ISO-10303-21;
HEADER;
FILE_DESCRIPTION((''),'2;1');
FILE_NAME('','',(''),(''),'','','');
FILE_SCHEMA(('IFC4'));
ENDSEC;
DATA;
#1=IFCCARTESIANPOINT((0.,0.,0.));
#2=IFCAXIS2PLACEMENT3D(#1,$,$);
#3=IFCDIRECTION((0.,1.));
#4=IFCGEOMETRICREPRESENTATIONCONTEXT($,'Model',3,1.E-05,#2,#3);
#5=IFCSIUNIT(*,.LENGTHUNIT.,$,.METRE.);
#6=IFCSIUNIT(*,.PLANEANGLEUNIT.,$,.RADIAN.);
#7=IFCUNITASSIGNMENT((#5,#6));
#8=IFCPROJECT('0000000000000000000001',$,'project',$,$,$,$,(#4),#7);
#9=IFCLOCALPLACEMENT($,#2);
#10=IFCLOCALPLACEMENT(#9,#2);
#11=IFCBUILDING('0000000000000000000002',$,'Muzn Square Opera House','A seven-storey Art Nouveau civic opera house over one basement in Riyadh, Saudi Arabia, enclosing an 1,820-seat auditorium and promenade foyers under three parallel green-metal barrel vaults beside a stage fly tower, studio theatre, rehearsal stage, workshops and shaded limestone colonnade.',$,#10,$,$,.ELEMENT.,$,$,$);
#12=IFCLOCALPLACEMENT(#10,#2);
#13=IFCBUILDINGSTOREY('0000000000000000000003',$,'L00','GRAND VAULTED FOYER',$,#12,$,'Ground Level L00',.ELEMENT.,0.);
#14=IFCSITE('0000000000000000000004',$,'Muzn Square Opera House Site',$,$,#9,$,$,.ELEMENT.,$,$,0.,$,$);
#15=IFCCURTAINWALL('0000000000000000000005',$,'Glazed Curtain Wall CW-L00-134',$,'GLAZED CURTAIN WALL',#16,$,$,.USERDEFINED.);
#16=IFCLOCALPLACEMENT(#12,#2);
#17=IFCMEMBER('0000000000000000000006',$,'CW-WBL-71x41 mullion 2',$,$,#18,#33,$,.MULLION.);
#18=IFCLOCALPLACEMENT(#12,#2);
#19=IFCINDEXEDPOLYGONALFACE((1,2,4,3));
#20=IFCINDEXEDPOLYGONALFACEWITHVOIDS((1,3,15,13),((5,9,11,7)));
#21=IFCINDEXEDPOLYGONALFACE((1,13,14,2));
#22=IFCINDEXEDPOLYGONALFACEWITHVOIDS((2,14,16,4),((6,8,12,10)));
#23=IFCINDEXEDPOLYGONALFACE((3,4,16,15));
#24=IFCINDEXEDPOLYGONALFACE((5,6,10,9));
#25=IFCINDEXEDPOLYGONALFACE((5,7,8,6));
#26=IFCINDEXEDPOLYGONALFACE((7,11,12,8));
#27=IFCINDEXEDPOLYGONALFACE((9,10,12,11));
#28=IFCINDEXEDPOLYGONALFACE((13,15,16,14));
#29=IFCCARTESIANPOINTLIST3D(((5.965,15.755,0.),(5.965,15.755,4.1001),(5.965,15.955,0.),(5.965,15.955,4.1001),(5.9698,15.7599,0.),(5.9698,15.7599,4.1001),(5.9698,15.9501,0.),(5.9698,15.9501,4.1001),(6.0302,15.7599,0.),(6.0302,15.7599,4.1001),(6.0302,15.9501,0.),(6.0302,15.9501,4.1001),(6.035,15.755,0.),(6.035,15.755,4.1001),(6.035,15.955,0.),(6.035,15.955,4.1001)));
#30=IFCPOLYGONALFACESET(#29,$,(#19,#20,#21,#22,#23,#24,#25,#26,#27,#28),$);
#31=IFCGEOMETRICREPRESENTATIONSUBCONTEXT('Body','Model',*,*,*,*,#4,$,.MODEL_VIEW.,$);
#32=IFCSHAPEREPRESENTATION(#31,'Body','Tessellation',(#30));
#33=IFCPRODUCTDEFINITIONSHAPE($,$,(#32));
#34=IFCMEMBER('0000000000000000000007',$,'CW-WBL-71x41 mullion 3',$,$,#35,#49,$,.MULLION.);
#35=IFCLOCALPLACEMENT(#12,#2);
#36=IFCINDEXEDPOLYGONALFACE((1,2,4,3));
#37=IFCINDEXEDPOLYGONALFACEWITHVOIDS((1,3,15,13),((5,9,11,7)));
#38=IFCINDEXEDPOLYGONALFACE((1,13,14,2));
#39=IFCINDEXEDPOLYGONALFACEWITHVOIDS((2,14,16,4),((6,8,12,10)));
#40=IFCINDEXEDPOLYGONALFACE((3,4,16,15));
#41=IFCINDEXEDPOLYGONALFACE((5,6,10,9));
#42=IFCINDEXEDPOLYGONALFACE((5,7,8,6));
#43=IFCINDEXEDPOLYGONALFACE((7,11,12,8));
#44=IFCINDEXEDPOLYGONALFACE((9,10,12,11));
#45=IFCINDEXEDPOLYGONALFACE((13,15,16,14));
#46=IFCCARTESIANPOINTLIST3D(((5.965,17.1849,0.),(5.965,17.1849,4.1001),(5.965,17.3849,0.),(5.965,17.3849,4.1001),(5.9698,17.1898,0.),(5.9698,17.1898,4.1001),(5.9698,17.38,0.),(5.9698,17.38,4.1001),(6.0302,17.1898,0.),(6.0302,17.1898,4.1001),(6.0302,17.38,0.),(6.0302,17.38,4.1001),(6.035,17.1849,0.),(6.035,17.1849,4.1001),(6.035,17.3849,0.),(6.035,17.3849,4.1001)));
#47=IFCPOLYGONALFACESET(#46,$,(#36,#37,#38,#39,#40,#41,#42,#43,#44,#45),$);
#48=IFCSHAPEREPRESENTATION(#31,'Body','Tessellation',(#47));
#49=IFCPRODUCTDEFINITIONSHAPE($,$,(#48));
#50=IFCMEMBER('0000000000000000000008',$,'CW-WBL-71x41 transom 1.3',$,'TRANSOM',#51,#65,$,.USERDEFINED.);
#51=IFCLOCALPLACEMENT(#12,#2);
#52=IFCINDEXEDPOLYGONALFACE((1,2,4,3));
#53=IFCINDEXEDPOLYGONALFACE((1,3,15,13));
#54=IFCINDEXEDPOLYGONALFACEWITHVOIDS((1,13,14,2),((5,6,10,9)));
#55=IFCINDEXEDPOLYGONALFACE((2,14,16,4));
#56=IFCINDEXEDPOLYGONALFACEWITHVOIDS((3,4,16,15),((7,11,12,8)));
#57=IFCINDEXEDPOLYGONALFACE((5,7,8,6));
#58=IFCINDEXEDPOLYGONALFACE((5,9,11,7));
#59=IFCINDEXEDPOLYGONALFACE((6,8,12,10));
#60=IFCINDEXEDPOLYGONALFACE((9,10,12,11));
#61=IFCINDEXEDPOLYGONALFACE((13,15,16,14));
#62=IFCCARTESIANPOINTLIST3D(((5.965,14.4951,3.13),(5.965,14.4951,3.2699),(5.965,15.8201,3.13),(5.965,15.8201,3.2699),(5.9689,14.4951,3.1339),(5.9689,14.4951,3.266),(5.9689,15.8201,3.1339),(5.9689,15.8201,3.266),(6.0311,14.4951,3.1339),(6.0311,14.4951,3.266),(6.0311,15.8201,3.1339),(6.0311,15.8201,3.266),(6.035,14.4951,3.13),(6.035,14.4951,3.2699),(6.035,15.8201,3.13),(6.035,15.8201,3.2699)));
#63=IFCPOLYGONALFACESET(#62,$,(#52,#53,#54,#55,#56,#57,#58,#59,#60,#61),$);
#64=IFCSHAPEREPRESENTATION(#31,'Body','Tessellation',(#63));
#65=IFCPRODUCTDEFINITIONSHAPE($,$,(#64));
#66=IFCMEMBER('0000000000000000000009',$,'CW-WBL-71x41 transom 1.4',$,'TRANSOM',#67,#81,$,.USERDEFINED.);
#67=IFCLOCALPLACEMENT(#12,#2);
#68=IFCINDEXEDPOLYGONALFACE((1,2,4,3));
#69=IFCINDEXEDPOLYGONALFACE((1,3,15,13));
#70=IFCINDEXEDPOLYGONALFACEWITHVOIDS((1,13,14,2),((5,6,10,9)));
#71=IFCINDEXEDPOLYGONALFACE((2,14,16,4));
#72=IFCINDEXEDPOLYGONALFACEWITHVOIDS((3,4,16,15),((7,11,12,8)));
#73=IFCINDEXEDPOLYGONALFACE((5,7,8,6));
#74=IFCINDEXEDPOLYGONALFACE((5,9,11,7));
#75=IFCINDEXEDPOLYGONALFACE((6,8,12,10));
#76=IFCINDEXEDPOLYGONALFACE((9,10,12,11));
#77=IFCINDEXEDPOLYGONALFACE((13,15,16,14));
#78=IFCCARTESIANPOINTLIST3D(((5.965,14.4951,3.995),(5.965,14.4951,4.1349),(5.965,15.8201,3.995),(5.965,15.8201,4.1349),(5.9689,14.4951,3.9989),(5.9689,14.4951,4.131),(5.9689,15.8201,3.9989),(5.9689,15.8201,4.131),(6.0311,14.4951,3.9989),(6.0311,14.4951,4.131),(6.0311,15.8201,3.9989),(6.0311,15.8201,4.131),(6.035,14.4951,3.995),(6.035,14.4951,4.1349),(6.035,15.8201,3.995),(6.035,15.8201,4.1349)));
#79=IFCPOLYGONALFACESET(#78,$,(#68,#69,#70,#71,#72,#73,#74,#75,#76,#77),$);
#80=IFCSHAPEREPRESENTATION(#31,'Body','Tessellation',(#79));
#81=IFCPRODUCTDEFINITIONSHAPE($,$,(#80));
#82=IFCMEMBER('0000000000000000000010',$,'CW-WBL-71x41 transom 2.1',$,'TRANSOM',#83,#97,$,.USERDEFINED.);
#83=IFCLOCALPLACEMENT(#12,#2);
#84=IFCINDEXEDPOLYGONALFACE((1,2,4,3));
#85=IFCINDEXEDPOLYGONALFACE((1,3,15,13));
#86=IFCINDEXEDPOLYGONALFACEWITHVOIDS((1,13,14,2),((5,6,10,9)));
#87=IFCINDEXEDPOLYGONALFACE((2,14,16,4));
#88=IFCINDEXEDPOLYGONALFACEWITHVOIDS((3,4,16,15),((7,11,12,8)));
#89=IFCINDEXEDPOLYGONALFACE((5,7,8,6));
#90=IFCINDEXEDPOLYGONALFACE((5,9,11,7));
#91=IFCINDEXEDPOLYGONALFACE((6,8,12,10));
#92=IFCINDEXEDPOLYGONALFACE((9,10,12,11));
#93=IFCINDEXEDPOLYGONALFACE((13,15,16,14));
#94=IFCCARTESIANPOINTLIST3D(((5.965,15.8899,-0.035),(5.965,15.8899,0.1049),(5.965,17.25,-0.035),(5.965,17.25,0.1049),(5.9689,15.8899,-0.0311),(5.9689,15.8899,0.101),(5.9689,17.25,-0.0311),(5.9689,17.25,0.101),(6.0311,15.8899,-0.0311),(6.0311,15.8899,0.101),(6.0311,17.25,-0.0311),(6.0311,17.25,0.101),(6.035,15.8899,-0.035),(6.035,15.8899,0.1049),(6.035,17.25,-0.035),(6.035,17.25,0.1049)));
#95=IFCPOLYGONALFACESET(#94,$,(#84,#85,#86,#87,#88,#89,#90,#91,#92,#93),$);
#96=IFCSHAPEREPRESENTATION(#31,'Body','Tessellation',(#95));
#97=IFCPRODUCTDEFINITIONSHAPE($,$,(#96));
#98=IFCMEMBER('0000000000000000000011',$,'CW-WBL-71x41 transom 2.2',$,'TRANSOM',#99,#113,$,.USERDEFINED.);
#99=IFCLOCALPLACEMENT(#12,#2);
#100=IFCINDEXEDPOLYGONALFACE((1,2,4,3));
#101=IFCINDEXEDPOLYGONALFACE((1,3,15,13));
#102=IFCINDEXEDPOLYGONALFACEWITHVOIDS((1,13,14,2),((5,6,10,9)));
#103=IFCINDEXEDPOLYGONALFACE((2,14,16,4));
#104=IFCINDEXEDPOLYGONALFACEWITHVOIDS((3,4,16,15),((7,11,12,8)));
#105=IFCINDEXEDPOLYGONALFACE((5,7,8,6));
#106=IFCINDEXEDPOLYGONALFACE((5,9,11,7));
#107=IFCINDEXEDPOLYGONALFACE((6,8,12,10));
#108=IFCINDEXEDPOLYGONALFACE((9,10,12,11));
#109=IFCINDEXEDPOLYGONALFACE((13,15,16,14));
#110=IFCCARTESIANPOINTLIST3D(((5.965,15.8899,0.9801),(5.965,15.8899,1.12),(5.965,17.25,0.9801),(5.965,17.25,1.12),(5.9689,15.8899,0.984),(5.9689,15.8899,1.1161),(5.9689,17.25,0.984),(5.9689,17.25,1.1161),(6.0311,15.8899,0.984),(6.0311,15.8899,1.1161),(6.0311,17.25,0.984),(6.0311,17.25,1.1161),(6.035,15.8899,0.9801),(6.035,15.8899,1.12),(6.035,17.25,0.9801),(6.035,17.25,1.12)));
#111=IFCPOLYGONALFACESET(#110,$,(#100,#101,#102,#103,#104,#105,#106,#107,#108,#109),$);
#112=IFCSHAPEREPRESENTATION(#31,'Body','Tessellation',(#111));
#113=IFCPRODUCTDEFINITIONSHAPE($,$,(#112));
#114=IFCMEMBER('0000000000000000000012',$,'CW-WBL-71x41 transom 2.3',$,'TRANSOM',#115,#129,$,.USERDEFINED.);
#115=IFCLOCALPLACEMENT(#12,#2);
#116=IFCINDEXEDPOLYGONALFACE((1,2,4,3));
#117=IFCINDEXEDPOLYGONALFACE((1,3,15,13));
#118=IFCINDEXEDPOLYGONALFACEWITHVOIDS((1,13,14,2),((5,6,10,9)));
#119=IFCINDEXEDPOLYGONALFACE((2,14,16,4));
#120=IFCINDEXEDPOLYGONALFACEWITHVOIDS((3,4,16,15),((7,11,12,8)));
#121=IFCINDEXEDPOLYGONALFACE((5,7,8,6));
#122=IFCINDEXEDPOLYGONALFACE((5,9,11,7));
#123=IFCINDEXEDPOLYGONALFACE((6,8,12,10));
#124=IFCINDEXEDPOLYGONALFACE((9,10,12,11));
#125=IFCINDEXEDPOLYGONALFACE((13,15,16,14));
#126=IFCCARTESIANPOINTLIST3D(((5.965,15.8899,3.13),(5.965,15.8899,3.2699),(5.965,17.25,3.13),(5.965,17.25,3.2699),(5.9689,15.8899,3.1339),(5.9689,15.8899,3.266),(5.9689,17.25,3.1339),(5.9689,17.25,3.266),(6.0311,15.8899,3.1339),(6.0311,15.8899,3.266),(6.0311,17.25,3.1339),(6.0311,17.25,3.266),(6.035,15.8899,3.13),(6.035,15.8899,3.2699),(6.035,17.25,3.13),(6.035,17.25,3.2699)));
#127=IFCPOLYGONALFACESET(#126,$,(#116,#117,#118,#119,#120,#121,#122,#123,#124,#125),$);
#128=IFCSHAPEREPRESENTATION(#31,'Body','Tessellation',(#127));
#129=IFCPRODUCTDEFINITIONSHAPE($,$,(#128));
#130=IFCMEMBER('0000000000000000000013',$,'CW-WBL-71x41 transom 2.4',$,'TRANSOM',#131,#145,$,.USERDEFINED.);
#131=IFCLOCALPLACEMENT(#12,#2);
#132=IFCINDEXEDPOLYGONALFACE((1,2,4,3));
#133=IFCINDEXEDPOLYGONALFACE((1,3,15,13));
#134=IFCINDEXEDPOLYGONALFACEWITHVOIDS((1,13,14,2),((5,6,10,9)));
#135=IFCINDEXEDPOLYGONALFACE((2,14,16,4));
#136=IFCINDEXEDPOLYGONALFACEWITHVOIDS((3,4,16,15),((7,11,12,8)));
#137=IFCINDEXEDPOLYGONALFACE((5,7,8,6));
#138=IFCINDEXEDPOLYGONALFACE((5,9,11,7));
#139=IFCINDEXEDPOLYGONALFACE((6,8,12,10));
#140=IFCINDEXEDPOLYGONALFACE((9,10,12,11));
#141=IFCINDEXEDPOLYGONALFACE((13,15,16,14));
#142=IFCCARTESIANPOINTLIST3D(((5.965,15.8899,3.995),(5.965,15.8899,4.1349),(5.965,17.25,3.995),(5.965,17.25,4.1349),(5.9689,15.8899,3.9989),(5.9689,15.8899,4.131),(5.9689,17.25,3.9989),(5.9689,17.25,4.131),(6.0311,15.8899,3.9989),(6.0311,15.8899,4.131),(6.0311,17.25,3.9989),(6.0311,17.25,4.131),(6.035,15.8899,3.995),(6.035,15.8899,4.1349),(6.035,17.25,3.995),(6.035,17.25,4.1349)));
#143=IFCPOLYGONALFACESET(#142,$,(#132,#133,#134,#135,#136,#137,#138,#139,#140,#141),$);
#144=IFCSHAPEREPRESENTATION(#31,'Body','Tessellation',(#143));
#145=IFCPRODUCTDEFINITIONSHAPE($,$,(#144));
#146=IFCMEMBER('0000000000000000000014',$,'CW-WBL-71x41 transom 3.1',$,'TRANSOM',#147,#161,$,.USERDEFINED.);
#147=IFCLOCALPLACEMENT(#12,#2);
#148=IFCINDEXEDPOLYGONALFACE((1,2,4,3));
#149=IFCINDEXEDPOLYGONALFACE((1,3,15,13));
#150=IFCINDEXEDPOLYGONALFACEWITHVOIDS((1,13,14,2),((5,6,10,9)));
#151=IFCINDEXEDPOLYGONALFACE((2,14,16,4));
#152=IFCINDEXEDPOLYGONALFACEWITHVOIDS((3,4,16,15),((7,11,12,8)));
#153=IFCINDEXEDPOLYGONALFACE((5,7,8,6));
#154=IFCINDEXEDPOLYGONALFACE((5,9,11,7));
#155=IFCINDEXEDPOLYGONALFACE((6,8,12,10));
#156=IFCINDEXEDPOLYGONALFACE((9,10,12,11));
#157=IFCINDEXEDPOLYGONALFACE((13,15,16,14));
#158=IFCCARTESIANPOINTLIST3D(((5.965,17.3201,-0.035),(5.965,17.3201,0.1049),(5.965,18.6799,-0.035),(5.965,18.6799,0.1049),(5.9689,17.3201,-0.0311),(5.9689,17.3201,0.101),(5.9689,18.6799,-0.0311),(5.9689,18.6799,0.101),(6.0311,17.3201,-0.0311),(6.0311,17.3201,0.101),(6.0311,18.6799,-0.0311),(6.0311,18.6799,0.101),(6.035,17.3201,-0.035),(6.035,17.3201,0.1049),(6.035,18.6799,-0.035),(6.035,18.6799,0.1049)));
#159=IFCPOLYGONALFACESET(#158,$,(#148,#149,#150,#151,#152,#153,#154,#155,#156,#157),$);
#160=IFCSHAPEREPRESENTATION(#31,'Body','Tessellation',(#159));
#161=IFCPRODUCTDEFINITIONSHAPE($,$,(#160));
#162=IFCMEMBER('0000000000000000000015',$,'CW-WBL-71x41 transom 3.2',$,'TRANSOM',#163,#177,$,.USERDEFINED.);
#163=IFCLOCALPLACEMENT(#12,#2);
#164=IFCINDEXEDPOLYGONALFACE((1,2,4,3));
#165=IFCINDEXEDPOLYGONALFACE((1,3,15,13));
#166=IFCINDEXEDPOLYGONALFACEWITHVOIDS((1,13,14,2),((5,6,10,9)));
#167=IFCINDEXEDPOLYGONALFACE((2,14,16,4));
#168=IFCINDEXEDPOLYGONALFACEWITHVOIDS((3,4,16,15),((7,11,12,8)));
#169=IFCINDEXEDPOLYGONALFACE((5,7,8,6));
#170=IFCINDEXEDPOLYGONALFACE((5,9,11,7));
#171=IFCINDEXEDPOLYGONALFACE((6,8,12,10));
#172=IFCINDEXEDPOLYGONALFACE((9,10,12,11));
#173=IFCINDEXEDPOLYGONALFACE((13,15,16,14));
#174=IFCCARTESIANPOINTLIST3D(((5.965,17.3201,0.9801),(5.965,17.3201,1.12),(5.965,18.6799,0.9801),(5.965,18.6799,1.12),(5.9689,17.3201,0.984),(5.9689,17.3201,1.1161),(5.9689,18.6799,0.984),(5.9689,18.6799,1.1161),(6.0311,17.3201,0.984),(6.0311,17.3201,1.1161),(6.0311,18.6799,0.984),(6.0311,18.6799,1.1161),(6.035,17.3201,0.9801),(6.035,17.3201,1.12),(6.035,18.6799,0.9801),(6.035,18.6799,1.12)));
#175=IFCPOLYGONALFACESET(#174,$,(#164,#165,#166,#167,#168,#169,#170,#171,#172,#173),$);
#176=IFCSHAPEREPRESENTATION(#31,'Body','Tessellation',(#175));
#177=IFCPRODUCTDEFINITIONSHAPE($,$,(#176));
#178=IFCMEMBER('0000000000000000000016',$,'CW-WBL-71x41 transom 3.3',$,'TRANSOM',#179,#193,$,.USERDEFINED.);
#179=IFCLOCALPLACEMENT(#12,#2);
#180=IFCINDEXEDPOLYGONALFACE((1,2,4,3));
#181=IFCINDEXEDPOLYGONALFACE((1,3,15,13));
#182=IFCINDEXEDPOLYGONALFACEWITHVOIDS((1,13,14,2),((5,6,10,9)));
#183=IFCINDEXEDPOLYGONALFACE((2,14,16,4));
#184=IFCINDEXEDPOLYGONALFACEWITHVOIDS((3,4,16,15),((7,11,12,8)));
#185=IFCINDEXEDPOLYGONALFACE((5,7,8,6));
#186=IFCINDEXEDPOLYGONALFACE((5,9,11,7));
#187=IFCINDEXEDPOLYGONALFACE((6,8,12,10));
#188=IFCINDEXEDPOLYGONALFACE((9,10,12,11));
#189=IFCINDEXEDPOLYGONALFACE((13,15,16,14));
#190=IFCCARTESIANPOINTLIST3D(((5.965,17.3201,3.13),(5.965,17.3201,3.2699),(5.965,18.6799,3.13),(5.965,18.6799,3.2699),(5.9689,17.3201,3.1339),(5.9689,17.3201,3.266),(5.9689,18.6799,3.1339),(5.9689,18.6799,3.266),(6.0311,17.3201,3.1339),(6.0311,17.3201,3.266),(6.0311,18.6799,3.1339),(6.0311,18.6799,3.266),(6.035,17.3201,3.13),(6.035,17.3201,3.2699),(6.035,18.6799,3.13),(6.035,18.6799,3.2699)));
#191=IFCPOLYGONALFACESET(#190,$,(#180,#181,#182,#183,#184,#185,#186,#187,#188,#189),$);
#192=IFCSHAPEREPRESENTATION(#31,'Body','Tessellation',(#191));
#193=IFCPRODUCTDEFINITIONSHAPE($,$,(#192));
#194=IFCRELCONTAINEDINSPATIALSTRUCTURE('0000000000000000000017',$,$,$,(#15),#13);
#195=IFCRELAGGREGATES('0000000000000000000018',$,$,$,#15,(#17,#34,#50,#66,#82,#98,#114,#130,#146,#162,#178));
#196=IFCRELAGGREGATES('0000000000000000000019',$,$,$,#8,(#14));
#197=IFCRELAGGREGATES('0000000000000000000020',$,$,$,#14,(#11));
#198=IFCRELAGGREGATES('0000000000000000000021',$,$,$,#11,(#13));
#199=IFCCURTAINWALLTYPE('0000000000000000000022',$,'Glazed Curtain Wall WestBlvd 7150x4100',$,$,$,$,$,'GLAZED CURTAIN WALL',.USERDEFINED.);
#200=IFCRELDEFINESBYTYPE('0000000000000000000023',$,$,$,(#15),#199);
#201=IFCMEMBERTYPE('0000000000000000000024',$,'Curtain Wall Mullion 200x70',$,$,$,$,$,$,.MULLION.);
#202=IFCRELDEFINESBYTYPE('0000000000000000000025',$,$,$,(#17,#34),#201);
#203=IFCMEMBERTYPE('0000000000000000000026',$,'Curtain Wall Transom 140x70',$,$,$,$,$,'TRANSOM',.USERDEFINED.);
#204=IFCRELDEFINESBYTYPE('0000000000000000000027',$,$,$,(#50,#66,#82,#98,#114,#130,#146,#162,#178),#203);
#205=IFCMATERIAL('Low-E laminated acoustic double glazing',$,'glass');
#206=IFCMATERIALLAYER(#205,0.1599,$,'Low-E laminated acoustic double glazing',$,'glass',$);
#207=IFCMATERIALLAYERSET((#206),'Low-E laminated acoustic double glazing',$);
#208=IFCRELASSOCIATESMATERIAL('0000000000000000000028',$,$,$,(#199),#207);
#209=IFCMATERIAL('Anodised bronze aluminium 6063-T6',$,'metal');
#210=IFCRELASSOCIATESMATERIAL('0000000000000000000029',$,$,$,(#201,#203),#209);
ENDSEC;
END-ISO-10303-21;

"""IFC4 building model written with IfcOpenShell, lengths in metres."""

from ifc_helpers import new_model, si_unit, direction, frame, origin, origin_2d, place, context, subcontext, project, spatial, hollow_rectangle, extrude, material, layer, layer_set, material_profile, profile_set, type_object, element, aggregate, save


model = new_model("IFC4")

# Units and contexts
model_context = context("Model", 3, precision=1e-05, world=origin(), true_north=direction((0.0, 1.0)))
body_context = subcontext(model_context, "Body", "Model", "MODEL_VIEW")
ifc_project = project(units=[si_unit("LENGTHUNIT", "METRE"), si_unit("PLANEANGLEUNIT", "RADIAN")], contexts=[model_context])

# Site, building, storey
site_placement = place(None, origin())
site = spatial("IfcSite", under=ifc_project, at=site_placement, Name="Muzn Square Opera House Site", CompositionType="ELEMENT", RefElevation=0.0)
building_placement = place(site_placement, origin())
building = spatial("IfcBuilding", under=site, at=building_placement, Name="Muzn Square Opera House", Description="A seven-storey Art Nouveau civic opera house over one basement in Riyadh, Saudi Arabia, enclosing an 1,820-seat auditorium and promenade foyers under three parallel green-metal barrel vaults beside a stage fly tower, studio theatre, rehearsal stage, workshops and shaded limestone colonnade.", CompositionType="ELEMENT")
storey_placement = place(building_placement, origin())
storey = spatial("IfcBuildingStorey", under=building, at=storey_placement, Name="L00", Description="GRAND VAULTED FOYER", LongName="Ground Level L00", CompositionType="ELEMENT", Elevation=0.0)

# Curtain wall, members
ifc_material_1 = material(Name="Low-E laminated acoustic double glazing", Category="glass")
ifc_layer_1 = layer(ifc_material_1, 0.1599, Name="Low-E laminated acoustic double glazing", Category="glass")
ifc_layer_set_1 = layer_set([ifc_layer_1], Name="Low-E laminated acoustic double glazing")
curtain_wall_type = type_object("IfcCurtainWallType", Name="Glazed Curtain Wall WestBlvd 7150x4100", ElementType="GLAZED CURTAIN WALL", PredefinedType="USERDEFINED", material=ifc_layer_set_1)
curtain_wall_placement = place(storey_placement, origin())
curtain_wall = element("IfcCurtainWall", 1, at=curtain_wall_placement, inside=storey, type_object=curtain_wall_type, Name="Glazed Curtain Wall CW-L00-134", ObjectType="GLAZED CURTAIN WALL", PredefinedType="USERDEFINED")
ifc_material_2 = material(Name="Anodised bronze aluminium 6063-T6", Category="metal")
ifc_material_profile_1 = material_profile(ifc_material_2, hollow_rectangle(XDim=0.0701, YDim=0.2, WallThickness=0.0049, at=origin_2d()), Name="ALU 200x70x5", Category="metal")
ifc_profile_set_1 = profile_set([ifc_material_profile_1], Name="Anodised bronze aluminium 6063-T6")
member_type_1 = type_object("IfcMemberType", Name="Curtain Wall Mullion 200x70", PredefinedType="MULLION", material=ifc_profile_set_1)
member_1_placement = place(storey_placement, frame((6.0, 15.855, 0.0), z_axis=(0.0, 0.0, 1.0), x_axis=(-1.0, 0.0, 0.0)))
member_1 = element("IfcMember", 2, at=member_1_placement, type_object=member_type_1, Name="CW-WBL-71x41 mullion 2", PredefinedType="MULLION", context=body_context, shape_type="SweptSolid", body=[
    extrude(hollow_rectangle(XDim=0.0701, YDim=0.2, WallThickness=0.0049, at=origin_2d()), origin(), (0.0, 0.0, 1.0), 4.1001),
])
member_2_placement = place(storey_placement, frame((6.0, 17.2849, 0.0), z_axis=(0.0, 0.0, 1.0), x_axis=(-1.0, 0.0, 0.0)))
member_2 = element("IfcMember", 3, at=member_2_placement, type_object=member_type_1, Name="CW-WBL-71x41 mullion 3", PredefinedType="MULLION", context=body_context, shape_type="SweptSolid", body=[
    extrude(hollow_rectangle(XDim=0.0701, YDim=0.2, WallThickness=0.0049, at=origin_2d()), origin(), (0.0, 0.0, 1.0), 4.1001),
])
ifc_material_profile_2 = material_profile(ifc_material_2, hollow_rectangle(XDim=0.0701, YDim=0.1399, WallThickness=0.0039, at=origin_2d()), Name="ALU 140x70x4", Category="metal")
ifc_profile_set_2 = profile_set([ifc_material_profile_2], Name="Anodised bronze aluminium 6063-T6")
member_type_2 = type_object("IfcMemberType", Name="Curtain Wall Transom 140x70", ElementType="TRANSOM", PredefinedType="USERDEFINED", material=ifc_profile_set_2)
member_3_placement = place(storey_placement, frame((6.0, 14.4951, 3.2), z_axis=(0.0, 1.0, 0.0), x_axis=(-1.0, 0.0, 0.0)))
member_3 = element("IfcMember", 4, at=member_3_placement, type_object=member_type_2, Name="CW-WBL-71x41 transom 1.3", ObjectType="TRANSOM", PredefinedType="USERDEFINED", context=body_context, shape_type="SweptSolid", body=[
    extrude(hollow_rectangle(XDim=0.0701, YDim=0.1399, WallThickness=0.0039, at=origin_2d()), origin(), (0.0, 0.0, 1.0), 1.325),
])
member_4_placement = place(storey_placement, frame((6.0, 14.4951, 4.0649), z_axis=(0.0, 1.0, 0.0), x_axis=(-1.0, 0.0, 0.0)))
member_4 = element("IfcMember", 5, at=member_4_placement, type_object=member_type_2, Name="CW-WBL-71x41 transom 1.4", ObjectType="TRANSOM", PredefinedType="USERDEFINED", context=body_context, shape_type="SweptSolid", body=[
    extrude(hollow_rectangle(XDim=0.0701, YDim=0.1399, WallThickness=0.0039, at=origin_2d()), origin(), (0.0, 0.0, 1.0), 1.325),
])
member_5_placement = place(storey_placement, frame((6.0, 15.8899, 0.0349), z_axis=(0.0, 1.0, 0.0), x_axis=(-1.0, 0.0, 0.0)))
member_5 = element("IfcMember", 6, at=member_5_placement, type_object=member_type_2, Name="CW-WBL-71x41 transom 2.1", ObjectType="TRANSOM", PredefinedType="USERDEFINED", context=body_context, shape_type="SweptSolid", body=[
    extrude(hollow_rectangle(XDim=0.0701, YDim=0.1399, WallThickness=0.0039, at=origin_2d()), origin(), (0.0, 0.0, 1.0), 1.3601),
])
member_6_placement = place(storey_placement, frame((6.0, 15.8899, 1.05), z_axis=(0.0, 1.0, 0.0), x_axis=(-1.0, 0.0, 0.0)))
member_6 = element("IfcMember", 7, at=member_6_placement, type_object=member_type_2, Name="CW-WBL-71x41 transom 2.2", ObjectType="TRANSOM", PredefinedType="USERDEFINED", context=body_context, shape_type="SweptSolid", body=[
    extrude(hollow_rectangle(XDim=0.0701, YDim=0.1399, WallThickness=0.0039, at=origin_2d()), origin(), (0.0, 0.0, 1.0), 1.3601),
])
member_7_placement = place(storey_placement, frame((6.0, 15.8899, 3.2), z_axis=(0.0, 1.0, 0.0), x_axis=(-1.0, 0.0, 0.0)))
member_7 = element("IfcMember", 8, at=member_7_placement, type_object=member_type_2, Name="CW-WBL-71x41 transom 2.3", ObjectType="TRANSOM", PredefinedType="USERDEFINED", context=body_context, shape_type="SweptSolid", body=[
    extrude(hollow_rectangle(XDim=0.0701, YDim=0.1399, WallThickness=0.0039, at=origin_2d()), origin(), (0.0, 0.0, 1.0), 1.3601),
])
member_8_placement = place(storey_placement, frame((6.0, 15.8899, 4.0649), z_axis=(0.0, 1.0, 0.0), x_axis=(-1.0, 0.0, 0.0)))
member_8 = element("IfcMember", 9, at=member_8_placement, type_object=member_type_2, Name="CW-WBL-71x41 transom 2.4", ObjectType="TRANSOM", PredefinedType="USERDEFINED", context=body_context, shape_type="SweptSolid", body=[
    extrude(hollow_rectangle(XDim=0.0701, YDim=0.1399, WallThickness=0.0039, at=origin_2d()), origin(), (0.0, 0.0, 1.0), 1.3601),
])
member_9_placement = place(storey_placement, frame((6.0, 17.3201, 0.0349), z_axis=(0.0, 1.0, 0.0), x_axis=(-1.0, 0.0, 0.0)))
member_9 = element("IfcMember", 10, at=member_9_placement, type_object=member_type_2, Name="CW-WBL-71x41 transom 3.1", ObjectType="TRANSOM", PredefinedType="USERDEFINED", context=body_context, shape_type="SweptSolid", body=[
    extrude(hollow_rectangle(XDim=0.0701, YDim=0.1399, WallThickness=0.0039, at=origin_2d()), origin(), (0.0, 0.0, 1.0), 1.3599),
])
member_10_placement = place(storey_placement, frame((6.0, 17.3201, 1.05), z_axis=(0.0, 1.0, 0.0), x_axis=(-1.0, 0.0, 0.0)))
member_10 = element("IfcMember", 11, at=member_10_placement, type_object=member_type_2, Name="CW-WBL-71x41 transom 3.2", ObjectType="TRANSOM", PredefinedType="USERDEFINED", context=body_context, shape_type="SweptSolid", body=[
    extrude(hollow_rectangle(XDim=0.0701, YDim=0.1399, WallThickness=0.0039, at=origin_2d()), origin(), (0.0, 0.0, 1.0), 1.3599),
])
member_11_placement = place(storey_placement, frame((6.0, 17.3201, 3.2), z_axis=(0.0, 1.0, 0.0), x_axis=(-1.0, 0.0, 0.0)))
member_11 = element("IfcMember", 12, at=member_11_placement, type_object=member_type_2, Name="CW-WBL-71x41 transom 3.3", ObjectType="TRANSOM", PredefinedType="USERDEFINED", context=body_context, shape_type="SweptSolid", body=[
    extrude(hollow_rectangle(XDim=0.0701, YDim=0.1399, WallThickness=0.0039, at=origin_2d()), origin(), (0.0, 0.0, 1.0), 1.3599),
])
aggregate(curtain_wall, [member_1, member_2, member_3, member_4, member_5, member_6, member_7, member_8, member_9, member_10, member_11])

save(model, "model.ifc")
